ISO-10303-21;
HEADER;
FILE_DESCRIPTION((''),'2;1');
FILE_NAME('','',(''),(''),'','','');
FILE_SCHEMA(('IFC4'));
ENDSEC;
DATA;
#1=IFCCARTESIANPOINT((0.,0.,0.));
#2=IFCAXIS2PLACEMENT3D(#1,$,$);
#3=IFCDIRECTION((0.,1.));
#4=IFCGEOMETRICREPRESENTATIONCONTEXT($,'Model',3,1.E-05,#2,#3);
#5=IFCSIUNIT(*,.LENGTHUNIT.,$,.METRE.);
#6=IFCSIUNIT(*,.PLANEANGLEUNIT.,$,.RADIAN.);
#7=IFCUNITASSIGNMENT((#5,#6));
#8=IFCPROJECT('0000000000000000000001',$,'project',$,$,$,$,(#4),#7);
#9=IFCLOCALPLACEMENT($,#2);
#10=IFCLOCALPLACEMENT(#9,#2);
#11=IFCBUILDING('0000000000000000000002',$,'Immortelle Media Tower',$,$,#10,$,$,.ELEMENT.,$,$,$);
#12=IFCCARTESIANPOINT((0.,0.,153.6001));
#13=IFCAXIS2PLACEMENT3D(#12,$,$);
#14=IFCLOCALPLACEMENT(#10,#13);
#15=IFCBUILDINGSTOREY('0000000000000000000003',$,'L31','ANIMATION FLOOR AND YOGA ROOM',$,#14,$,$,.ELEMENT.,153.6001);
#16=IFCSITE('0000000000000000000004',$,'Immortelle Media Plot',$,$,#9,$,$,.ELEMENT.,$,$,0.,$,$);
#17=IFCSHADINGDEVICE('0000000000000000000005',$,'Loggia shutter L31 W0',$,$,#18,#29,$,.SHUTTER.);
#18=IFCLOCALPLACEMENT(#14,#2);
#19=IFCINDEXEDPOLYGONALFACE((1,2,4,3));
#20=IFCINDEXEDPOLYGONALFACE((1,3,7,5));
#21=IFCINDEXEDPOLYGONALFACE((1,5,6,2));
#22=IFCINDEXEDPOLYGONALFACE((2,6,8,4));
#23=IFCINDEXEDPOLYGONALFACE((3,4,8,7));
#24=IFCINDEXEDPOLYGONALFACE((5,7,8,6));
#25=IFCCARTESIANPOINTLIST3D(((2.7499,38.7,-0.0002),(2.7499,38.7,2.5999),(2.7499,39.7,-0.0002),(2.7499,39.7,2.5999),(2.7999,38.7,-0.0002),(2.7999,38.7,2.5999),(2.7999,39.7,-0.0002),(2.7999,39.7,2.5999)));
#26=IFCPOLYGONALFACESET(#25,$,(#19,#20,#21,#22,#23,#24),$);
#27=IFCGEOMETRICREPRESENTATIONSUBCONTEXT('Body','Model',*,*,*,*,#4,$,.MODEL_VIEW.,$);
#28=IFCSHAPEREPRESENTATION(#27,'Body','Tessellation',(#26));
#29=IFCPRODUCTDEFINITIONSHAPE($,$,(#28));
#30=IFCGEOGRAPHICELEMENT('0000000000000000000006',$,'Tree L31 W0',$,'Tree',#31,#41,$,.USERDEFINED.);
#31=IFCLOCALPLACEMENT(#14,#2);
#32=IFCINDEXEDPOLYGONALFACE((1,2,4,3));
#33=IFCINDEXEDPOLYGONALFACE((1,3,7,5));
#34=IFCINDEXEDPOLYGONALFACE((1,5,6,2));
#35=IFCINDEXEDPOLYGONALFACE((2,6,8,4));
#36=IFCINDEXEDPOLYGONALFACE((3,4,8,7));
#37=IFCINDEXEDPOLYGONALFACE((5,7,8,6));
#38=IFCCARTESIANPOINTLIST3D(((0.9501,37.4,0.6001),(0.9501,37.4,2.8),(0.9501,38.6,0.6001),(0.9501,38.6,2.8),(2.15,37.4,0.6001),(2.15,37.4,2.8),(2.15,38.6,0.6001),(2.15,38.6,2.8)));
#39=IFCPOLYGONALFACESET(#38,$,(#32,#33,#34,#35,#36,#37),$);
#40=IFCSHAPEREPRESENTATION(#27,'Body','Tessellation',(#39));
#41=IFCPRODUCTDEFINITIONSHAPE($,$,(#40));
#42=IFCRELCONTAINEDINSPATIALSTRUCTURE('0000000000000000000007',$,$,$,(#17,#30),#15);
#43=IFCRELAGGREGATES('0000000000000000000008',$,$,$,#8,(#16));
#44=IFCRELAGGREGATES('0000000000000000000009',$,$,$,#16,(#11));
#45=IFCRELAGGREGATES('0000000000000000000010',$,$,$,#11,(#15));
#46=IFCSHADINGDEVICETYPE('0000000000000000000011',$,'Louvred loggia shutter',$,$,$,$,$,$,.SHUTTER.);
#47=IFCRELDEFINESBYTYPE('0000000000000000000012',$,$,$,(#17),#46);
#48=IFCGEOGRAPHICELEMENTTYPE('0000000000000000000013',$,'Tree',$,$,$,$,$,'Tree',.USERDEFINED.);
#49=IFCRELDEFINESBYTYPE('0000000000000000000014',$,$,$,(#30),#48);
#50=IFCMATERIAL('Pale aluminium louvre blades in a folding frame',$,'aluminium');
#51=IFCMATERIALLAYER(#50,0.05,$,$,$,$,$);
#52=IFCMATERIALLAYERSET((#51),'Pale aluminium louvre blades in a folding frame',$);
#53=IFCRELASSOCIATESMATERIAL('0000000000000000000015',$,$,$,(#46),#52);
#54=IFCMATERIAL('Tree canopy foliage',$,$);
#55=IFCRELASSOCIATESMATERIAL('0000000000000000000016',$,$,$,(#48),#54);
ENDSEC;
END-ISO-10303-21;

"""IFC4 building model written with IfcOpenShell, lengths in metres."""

from ifc_helpers import new_model, si_unit, direction, frame, origin, origin_2d, place, context, subcontext, project, spatial, rectangle, extrude, material, layer, layer_set, type_object, element, save


model = new_model("IFC4")

# Units and contexts
model_context = context("Model", 3, precision=1e-05, world=origin(), true_north=direction((0.0, 1.0)))
body_context = subcontext(model_context, "Body", "Model", "MODEL_VIEW")
ifc_project = project(units=[si_unit("LENGTHUNIT", "METRE"), si_unit("PLANEANGLEUNIT", "RADIAN")], contexts=[model_context])

# Site, building, storey
site_placement = place(None, origin())
site = spatial("IfcSite", under=ifc_project, at=site_placement, Name="Immortelle Media Plot", CompositionType="ELEMENT", RefElevation=0.0)
building_placement = place(site_placement, origin())
building = spatial("IfcBuilding", under=site, at=building_placement, Name="Immortelle Media Tower", CompositionType="ELEMENT")
storey_placement = place(building_placement, frame((0.0, 0.0, 153.6001)))
storey = spatial("IfcBuildingStorey", under=building, at=storey_placement, Name="L31", Description="ANIMATION FLOOR AND YOGA ROOM", CompositionType="ELEMENT", Elevation=153.6001)

# Shading device
ifc_material_1 = material(Name="Pale aluminium louvre blades in a folding frame", Category="aluminium")
ifc_layer_1 = layer(ifc_material_1, 0.05)
ifc_layer_set_1 = layer_set([ifc_layer_1], Name="Pale aluminium louvre blades in a folding frame")
shading_device_type_1 = type_object("IfcShadingDeviceType", Name="Louvred loggia shutter", PredefinedType="SHUTTER", material=ifc_layer_set_1)
shading_device_1_placement = place(storey_placement, frame((2.7749, 39.2, -0.0002), z_axis=(0.0, 0.0, 1.0), x_axis=(0.0, -1.0, 0.0)))
element("IfcShadingDevice", 1, at=shading_device_1_placement, inside=storey, type_object=shading_device_type_1, Name="Loggia shutter L31 W0", PredefinedType="SHUTTER", context=body_context, shape_type="SweptSolid", body=[
    extrude(rectangle(XDim=1.0, YDim=0.05, at=origin_2d()), origin(), (0.0, 0.0, 1.0), 2.6001),
])

# Geographic element
ifc_material_2 = material(Name="Tree canopy foliage")
geographic_element_type = type_object("IfcGeographicElementType", Name="Tree", ElementType="Tree", PredefinedType="USERDEFINED", material=ifc_material_2)
geographic_element_placement = place(storey_placement, frame((1.55, 38.0, 0.6001), z_axis=(0.0, 0.0, 1.0), x_axis=(1.0, 0.0, 0.0)))
element("IfcGeographicElement", 2, at=geographic_element_placement, inside=storey, type_object=geographic_element_type, Name="Tree L31 W0", ObjectType="Tree", PredefinedType="USERDEFINED", context=body_context, shape_type="SweptSolid", body=[
    extrude(rectangle(XDim=1.2, YDim=1.2, at=origin_2d()), origin(), (0.0, 0.0, 1.0), 2.2),
])

save(model, "model.ifc")
